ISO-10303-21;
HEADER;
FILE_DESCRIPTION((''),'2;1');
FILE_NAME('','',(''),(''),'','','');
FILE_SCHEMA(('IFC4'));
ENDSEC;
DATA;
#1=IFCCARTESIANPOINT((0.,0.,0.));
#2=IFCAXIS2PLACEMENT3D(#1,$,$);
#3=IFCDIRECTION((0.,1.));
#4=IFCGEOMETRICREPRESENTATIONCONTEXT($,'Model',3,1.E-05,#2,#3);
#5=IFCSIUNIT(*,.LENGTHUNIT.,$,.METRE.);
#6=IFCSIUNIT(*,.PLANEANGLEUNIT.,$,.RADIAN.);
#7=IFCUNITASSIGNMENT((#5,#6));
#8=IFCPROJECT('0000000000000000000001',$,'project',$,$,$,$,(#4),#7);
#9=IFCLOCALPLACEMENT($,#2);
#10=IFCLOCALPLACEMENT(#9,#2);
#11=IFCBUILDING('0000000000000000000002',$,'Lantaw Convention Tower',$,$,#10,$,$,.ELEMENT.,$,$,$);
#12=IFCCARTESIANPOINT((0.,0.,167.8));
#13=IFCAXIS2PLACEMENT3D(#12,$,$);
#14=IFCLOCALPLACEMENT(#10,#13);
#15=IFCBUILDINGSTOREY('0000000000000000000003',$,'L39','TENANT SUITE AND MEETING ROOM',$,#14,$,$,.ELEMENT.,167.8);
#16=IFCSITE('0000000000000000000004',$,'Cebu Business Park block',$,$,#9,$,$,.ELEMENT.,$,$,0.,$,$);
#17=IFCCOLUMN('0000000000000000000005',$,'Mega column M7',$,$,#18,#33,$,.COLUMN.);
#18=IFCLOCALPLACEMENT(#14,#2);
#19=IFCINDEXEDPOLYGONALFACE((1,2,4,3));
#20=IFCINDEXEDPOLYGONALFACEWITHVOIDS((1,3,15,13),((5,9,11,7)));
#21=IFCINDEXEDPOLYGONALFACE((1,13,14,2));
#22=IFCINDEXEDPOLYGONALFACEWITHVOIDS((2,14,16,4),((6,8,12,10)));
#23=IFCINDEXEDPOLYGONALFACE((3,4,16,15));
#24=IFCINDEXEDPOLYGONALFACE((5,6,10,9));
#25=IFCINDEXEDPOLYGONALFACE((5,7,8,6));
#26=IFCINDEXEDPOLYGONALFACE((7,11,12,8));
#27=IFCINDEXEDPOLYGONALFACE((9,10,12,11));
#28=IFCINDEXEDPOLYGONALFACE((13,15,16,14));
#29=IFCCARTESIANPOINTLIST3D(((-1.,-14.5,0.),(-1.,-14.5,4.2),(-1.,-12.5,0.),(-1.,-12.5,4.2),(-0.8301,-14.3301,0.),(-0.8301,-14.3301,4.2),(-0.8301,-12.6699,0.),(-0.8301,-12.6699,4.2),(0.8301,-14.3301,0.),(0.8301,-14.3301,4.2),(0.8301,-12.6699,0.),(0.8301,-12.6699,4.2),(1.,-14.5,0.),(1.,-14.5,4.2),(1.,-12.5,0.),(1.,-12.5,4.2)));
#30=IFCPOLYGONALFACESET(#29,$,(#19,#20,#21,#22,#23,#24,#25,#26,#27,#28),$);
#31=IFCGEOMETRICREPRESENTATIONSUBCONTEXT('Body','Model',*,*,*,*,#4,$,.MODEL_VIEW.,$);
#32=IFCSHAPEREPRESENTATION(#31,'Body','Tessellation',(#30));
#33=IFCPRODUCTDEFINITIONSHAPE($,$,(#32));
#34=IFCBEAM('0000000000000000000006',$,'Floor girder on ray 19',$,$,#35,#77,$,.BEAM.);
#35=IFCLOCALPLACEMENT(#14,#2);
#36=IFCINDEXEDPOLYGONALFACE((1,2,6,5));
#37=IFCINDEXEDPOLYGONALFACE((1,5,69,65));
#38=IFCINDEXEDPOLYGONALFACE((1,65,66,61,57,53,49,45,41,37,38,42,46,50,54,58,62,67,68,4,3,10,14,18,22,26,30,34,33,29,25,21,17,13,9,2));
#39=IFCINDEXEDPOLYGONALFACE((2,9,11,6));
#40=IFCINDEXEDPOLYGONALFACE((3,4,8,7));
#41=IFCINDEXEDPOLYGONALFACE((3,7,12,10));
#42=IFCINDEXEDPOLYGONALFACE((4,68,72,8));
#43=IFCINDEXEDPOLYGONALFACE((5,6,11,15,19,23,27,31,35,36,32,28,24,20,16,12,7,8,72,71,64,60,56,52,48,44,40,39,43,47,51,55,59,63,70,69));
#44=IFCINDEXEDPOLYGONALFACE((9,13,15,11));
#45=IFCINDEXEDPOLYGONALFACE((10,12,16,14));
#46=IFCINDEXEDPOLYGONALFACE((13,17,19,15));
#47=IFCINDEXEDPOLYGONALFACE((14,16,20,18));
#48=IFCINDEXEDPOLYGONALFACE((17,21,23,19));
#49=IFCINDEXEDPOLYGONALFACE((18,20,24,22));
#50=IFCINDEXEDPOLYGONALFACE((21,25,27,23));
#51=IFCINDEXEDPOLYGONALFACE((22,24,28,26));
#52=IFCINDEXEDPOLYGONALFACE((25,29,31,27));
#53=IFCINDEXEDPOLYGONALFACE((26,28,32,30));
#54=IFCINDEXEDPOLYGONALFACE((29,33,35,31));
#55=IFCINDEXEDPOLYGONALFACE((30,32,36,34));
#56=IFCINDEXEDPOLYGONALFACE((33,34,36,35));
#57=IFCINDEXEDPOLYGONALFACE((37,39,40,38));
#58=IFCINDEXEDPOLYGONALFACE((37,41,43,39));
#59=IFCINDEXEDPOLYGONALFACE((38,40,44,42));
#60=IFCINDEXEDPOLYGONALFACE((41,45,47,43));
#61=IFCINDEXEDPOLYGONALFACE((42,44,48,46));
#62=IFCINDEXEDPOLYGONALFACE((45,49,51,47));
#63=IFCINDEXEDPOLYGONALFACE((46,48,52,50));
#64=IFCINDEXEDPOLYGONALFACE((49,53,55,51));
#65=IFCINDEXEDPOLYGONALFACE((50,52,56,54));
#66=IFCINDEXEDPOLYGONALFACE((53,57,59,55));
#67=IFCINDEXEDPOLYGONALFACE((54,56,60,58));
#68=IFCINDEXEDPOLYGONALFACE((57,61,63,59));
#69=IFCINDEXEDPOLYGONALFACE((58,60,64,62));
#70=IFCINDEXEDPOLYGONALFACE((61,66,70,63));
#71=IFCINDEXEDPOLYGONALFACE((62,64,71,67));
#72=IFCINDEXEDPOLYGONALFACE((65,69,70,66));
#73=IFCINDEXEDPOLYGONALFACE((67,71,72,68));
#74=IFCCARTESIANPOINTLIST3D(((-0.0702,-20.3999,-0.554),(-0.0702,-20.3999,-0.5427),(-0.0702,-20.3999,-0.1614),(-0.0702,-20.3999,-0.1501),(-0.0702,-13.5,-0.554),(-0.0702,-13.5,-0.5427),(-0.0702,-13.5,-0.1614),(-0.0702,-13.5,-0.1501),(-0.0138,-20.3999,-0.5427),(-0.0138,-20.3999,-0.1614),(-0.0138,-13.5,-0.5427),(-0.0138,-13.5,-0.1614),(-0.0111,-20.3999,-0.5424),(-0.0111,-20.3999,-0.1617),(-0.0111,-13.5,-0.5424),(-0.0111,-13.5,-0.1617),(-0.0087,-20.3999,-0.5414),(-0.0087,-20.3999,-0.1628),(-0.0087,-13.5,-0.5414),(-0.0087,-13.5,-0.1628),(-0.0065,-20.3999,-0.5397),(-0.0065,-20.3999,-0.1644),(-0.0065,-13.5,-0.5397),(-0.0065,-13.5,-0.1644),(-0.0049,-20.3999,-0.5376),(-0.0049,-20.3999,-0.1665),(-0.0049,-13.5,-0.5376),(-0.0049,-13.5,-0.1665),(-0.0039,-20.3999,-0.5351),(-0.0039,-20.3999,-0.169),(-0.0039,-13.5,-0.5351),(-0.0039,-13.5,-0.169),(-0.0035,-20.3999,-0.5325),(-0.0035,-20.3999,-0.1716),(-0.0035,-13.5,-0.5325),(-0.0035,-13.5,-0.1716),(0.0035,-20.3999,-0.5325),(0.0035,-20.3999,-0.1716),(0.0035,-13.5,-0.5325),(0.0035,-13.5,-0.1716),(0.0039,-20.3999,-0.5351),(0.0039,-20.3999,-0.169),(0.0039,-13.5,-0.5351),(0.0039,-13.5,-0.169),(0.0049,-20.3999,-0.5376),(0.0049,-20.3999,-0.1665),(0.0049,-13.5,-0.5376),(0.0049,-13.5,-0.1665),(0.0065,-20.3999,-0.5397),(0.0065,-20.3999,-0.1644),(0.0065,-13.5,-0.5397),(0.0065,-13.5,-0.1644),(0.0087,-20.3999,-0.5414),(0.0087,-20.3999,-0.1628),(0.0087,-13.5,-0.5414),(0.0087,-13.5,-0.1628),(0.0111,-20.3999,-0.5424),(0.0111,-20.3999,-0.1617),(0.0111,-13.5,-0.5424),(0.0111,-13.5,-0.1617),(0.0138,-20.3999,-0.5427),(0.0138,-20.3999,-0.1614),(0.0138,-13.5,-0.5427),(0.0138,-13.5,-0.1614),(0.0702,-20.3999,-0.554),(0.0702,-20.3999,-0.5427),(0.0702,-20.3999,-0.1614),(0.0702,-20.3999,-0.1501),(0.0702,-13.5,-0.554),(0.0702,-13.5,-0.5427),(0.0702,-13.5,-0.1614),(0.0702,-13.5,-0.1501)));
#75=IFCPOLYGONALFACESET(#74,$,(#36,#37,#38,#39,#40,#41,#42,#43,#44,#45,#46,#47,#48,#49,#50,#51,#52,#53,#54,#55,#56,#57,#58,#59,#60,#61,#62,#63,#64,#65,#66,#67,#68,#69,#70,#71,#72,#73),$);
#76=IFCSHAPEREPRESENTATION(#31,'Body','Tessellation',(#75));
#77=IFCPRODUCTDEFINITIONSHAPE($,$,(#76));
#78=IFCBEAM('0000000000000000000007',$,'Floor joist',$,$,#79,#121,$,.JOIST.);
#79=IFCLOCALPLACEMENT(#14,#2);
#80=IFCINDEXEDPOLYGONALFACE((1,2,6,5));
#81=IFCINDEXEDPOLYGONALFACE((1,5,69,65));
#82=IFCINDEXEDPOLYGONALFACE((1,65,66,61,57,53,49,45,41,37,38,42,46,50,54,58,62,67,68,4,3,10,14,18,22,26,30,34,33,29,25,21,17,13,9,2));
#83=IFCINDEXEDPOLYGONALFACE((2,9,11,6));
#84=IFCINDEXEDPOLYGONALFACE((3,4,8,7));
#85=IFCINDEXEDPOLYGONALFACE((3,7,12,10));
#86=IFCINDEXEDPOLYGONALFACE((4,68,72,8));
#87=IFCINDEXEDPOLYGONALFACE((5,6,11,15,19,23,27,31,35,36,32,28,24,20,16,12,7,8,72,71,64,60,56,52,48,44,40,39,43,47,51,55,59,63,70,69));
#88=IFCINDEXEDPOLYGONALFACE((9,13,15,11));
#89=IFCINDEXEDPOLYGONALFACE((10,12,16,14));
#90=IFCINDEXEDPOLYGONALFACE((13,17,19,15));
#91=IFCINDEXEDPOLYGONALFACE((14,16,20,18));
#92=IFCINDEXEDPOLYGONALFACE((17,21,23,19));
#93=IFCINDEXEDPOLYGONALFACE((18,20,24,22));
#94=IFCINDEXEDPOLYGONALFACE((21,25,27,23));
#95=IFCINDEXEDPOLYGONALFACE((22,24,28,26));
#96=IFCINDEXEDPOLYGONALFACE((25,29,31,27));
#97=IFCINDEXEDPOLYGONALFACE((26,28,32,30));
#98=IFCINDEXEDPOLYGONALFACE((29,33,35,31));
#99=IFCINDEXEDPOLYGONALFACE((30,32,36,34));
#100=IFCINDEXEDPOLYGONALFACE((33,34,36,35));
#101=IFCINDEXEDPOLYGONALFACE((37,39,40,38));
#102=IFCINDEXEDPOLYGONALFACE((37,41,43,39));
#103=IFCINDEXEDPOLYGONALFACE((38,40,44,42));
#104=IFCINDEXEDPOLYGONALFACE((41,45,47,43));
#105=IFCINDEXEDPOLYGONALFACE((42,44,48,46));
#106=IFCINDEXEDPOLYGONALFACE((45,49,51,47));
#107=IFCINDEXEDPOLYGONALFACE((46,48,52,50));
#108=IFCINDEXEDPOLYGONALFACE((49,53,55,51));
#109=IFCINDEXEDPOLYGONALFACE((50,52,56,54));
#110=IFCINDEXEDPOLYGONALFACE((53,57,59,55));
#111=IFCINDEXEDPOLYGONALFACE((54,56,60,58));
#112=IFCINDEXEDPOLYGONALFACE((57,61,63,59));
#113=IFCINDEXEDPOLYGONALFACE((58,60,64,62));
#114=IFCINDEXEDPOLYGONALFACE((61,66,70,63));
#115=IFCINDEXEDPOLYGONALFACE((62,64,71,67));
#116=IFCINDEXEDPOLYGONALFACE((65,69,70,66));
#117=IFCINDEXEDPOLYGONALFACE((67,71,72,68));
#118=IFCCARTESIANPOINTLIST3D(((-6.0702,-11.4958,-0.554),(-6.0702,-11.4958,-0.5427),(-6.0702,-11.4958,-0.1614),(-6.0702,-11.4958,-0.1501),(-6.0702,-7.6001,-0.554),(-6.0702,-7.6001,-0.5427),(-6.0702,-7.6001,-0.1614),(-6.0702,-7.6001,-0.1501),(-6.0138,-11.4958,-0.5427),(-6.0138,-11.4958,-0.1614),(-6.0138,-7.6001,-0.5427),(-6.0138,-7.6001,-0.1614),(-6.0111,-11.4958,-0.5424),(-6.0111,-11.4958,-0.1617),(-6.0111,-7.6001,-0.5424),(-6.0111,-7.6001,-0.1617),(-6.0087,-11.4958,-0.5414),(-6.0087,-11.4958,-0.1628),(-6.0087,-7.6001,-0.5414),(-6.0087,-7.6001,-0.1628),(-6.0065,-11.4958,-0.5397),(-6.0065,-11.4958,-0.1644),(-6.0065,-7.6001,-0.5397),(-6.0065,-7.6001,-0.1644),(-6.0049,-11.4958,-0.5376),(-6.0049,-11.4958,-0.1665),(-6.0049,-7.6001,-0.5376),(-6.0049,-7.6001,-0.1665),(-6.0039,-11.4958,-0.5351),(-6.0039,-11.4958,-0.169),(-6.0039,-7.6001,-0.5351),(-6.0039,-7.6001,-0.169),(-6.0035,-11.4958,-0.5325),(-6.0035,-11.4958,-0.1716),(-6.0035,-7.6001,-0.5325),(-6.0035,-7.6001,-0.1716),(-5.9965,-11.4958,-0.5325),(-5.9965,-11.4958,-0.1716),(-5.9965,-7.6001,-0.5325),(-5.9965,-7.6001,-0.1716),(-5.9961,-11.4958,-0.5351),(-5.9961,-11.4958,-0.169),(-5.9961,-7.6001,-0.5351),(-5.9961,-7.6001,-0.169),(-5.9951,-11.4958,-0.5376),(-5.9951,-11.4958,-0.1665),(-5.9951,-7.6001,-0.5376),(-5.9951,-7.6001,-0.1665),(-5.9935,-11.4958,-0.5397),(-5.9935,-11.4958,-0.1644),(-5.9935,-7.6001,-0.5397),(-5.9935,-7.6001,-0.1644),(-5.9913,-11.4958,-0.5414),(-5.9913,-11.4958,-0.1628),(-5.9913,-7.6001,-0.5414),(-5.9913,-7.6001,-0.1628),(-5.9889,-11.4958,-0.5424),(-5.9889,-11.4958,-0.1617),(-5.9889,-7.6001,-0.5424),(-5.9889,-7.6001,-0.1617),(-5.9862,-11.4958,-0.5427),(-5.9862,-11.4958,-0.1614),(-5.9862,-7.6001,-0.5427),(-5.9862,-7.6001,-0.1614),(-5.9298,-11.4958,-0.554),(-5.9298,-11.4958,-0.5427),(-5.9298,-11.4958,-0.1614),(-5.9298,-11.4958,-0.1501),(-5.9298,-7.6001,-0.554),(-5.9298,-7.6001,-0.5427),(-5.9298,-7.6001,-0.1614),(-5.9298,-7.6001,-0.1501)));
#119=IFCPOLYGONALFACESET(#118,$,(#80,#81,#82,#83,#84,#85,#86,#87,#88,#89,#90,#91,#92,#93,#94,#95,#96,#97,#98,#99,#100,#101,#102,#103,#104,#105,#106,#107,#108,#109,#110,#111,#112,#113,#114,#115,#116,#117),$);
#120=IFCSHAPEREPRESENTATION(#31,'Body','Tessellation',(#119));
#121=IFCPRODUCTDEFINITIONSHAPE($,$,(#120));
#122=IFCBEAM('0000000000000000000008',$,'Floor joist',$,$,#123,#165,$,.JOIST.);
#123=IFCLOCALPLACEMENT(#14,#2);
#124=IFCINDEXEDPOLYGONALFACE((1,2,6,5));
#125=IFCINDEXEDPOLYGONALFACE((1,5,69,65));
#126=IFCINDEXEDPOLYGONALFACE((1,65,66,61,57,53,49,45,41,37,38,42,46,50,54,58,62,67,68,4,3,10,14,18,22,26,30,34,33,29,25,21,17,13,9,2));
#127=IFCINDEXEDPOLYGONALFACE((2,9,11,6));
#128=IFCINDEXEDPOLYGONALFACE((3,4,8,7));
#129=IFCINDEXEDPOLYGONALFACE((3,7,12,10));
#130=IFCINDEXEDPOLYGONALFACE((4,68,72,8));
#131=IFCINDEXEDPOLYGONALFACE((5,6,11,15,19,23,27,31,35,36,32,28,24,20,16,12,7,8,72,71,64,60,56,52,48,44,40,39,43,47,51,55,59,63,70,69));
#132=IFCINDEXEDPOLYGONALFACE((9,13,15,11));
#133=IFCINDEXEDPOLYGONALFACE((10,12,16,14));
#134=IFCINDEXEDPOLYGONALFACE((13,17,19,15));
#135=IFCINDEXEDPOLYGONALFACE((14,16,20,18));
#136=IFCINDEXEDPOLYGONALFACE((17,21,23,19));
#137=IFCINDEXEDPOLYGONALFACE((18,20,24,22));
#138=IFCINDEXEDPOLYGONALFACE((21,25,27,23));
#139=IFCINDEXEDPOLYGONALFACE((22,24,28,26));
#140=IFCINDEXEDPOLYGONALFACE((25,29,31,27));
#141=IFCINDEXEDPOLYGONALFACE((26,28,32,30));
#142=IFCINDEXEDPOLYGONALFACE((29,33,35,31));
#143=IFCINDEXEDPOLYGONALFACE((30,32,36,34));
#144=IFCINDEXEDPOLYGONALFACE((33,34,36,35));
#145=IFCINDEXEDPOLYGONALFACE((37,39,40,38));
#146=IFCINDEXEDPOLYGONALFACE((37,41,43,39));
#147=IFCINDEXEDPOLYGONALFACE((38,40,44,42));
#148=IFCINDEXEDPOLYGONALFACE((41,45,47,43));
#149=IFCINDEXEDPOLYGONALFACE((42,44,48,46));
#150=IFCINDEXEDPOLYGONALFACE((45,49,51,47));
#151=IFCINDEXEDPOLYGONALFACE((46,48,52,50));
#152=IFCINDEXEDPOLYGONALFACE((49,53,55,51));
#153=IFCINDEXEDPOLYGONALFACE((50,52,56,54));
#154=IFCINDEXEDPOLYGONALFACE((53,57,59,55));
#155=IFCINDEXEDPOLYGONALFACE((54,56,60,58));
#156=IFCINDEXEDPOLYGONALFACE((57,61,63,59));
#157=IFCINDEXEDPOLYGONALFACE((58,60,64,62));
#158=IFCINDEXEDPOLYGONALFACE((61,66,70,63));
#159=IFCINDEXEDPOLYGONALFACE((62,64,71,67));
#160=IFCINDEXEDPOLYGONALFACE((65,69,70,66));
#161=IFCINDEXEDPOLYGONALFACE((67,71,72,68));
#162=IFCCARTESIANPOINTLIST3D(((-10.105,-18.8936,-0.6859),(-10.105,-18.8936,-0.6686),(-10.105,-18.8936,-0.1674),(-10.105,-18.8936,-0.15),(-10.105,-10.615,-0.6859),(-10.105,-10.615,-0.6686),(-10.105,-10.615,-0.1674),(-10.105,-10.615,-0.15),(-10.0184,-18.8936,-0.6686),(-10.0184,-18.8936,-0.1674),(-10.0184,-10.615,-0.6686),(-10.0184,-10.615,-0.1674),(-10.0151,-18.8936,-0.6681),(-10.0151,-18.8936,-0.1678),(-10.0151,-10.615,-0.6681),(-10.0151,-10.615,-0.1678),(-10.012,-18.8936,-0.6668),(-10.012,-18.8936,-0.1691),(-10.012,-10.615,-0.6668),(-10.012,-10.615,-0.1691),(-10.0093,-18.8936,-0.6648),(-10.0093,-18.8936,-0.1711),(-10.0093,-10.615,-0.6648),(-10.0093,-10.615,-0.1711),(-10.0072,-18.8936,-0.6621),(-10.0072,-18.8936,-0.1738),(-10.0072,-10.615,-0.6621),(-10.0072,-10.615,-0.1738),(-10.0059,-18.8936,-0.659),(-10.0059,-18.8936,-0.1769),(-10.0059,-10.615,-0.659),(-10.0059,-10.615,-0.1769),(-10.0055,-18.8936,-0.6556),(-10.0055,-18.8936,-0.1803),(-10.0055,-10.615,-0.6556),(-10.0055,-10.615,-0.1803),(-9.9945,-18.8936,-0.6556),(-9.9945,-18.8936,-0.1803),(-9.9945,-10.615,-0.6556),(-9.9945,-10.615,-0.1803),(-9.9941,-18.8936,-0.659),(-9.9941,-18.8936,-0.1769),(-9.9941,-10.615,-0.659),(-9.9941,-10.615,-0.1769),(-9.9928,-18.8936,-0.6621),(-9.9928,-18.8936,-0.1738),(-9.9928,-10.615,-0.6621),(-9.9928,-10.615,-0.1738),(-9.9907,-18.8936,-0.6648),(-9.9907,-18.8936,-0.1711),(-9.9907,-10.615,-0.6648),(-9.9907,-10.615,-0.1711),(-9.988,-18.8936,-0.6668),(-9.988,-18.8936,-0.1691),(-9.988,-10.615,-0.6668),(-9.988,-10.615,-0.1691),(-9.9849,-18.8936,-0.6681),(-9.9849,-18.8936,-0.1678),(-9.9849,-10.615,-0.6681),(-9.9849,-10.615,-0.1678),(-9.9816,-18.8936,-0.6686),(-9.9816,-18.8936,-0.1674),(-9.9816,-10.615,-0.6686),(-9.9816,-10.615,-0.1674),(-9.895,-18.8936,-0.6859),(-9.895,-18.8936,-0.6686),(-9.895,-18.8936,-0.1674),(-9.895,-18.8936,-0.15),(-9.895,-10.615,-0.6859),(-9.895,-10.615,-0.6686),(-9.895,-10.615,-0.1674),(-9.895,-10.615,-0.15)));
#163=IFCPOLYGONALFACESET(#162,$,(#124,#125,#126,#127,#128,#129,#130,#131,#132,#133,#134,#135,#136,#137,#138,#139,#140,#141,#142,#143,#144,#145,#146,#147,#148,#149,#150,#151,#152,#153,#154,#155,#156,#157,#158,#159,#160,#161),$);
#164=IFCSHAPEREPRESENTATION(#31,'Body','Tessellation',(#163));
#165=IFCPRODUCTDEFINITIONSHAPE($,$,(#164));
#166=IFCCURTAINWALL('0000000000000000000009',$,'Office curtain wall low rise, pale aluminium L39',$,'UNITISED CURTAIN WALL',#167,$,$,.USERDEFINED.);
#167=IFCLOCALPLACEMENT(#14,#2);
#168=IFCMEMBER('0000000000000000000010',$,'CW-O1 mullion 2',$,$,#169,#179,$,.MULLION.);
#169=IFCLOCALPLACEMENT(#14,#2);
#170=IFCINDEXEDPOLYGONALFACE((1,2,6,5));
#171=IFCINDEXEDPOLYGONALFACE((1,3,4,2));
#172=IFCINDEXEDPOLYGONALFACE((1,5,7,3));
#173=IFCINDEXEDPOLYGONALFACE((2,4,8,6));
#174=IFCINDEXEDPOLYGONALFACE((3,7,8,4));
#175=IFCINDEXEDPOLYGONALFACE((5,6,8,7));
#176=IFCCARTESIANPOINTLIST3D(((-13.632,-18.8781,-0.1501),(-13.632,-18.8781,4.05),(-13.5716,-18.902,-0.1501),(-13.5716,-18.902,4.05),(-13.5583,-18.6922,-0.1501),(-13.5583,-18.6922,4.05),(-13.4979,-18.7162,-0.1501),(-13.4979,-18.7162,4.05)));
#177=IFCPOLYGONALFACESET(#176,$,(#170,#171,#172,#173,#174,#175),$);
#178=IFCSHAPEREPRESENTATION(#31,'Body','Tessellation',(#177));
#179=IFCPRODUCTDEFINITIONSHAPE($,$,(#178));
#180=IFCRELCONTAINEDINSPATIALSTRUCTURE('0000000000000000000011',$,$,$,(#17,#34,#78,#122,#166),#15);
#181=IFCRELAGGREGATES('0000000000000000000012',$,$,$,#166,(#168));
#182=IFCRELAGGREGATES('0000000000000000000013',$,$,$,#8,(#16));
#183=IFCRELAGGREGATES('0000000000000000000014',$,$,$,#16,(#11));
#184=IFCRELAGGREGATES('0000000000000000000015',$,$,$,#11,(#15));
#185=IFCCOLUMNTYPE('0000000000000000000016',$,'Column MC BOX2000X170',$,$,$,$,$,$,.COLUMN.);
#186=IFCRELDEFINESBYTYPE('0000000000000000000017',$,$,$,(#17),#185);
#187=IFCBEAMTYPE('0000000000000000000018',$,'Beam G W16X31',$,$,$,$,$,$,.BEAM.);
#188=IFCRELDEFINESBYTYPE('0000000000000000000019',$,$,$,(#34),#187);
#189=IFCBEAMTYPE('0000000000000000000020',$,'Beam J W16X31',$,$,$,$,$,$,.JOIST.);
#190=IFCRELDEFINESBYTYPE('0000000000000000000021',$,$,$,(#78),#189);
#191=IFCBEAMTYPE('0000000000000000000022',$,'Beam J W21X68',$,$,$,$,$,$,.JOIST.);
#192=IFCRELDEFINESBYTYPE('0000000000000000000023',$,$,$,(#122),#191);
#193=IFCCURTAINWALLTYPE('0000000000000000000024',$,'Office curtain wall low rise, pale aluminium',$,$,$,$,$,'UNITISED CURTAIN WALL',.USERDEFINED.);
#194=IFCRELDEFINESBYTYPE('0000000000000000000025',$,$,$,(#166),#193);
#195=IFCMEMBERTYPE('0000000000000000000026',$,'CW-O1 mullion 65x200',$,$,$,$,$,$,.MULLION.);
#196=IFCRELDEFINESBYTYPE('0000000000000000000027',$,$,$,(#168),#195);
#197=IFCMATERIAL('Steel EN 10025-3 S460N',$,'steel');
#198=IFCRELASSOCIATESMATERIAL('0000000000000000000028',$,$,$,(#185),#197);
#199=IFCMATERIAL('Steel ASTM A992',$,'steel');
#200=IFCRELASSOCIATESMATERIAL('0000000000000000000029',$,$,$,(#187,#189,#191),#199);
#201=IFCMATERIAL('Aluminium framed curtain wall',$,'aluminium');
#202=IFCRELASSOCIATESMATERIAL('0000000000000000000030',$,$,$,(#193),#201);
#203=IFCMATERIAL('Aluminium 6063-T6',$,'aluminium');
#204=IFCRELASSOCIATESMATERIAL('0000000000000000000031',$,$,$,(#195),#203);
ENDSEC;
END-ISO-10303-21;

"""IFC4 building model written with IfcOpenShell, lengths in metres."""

from ifc_helpers import new_model, si_unit, direction, frame, origin, origin_2d, place, context, subcontext, project, spatial, rectangle, hollow_rectangle, i_section, extrude, material, material_profile, profile_set, type_object, element, aggregate, save


model = new_model("IFC4")

# Units and contexts
model_context = context("Model", 3, precision=1e-05, world=origin(), true_north=direction((0.0, 1.0)))
body_context = subcontext(model_context, "Body", "Model", "MODEL_VIEW")
ifc_project = project(units=[si_unit("LENGTHUNIT", "METRE"), si_unit("PLANEANGLEUNIT", "RADIAN")], contexts=[model_context])

# Site, building, storey
site_placement = place(None, origin())
site = spatial("IfcSite", under=ifc_project, at=site_placement, Name="Cebu Business Park block", CompositionType="ELEMENT", RefElevation=0.0)
building_placement = place(site_placement, origin())
building = spatial("IfcBuilding", under=site, at=building_placement, Name="Lantaw Convention Tower", CompositionType="ELEMENT")
storey_placement = place(building_placement, frame((0.0, 0.0, 167.8)))
storey = spatial("IfcBuildingStorey", under=building, at=storey_placement, Name="L39", Description="TENANT SUITE AND MEETING ROOM", CompositionType="ELEMENT", Elevation=167.8)

# Column
ifc_material_1 = material(Name="Steel EN 10025-3 S460N", Category="steel")
ifc_material_profile_1 = material_profile(ifc_material_1, hollow_rectangle(XDim=2.0, YDim=2.0, WallThickness=0.1699, at=origin_2d()), Name="BOX2000X170")
ifc_material_2 = material(Name="Concrete C60/75", Category="concrete")
ifc_material_profile_2 = material_profile(ifc_material_2, rectangle(XDim=1.6599, YDim=1.6599, at=origin_2d()), Name="Concrete fill of BOX2000X170")
ifc_profile_set_1 = profile_set([ifc_material_profile_1, ifc_material_profile_2], Name="Steel EN 10025-3 S460N")
column_type = type_object("IfcColumnType", Name="Column MC BOX2000X170", PredefinedType="COLUMN", material=ifc_profile_set_1)
column_placement = place(storey_placement, frame((0.0, -13.5, 0.0), z_axis=(0.0, 0.0, 1.0), x_axis=(1.0, 0.0, 0.0)))
element("IfcColumn", 1, at=column_placement, inside=storey, type_object=column_type, Name="Mega column M7", PredefinedType="COLUMN", context=body_context, shape_type="SweptSolid", body=[
    extrude(hollow_rectangle(XDim=2.0, YDim=2.0, WallThickness=0.1699, at=origin_2d()), origin(), (0.0, 0.0, 1.0), 4.2),
])

# Beams
ifc_material_3 = material(Name="Steel ASTM A992", Category="steel")
ifc_material_profile_3 = material_profile(ifc_material_3, i_section(OverallWidth=0.1404, OverallDepth=0.4038, WebThickness=0.0071, FlangeThickness=0.0112, FilletRadius=0.0103, at=origin_2d()), Name="W16X31")
ifc_profile_set_2 = profile_set([ifc_material_profile_3], Name="Steel ASTM A992")
beam_type_1 = type_object("IfcBeamType", Name="Beam G W16X31", PredefinedType="BEAM", material=ifc_profile_set_2)
beam_1_placement = place(storey_placement, frame((0.0, -13.5, -0.3521), z_axis=(0.0, -1.0, 0.0), x_axis=(1.0, 0.0, 0.0)))
element("IfcBeam", 2, at=beam_1_placement, inside=storey, type_object=beam_type_1, Name="Floor girder on ray 19", PredefinedType="BEAM", context=body_context, shape_type="SweptSolid", body=[
    extrude(i_section(OverallWidth=0.1404, OverallDepth=0.4038, WebThickness=0.0071, FlangeThickness=0.0112, FilletRadius=0.0103, at=origin_2d()), origin(), (0.0, 0.0, 1.0), 6.8999),
])
ifc_material_profile_4 = material_profile(ifc_material_3, i_section(OverallWidth=0.1404, OverallDepth=0.4038, WebThickness=0.0071, FlangeThickness=0.0112, FilletRadius=0.0103, at=origin_2d()), Name="W16X31")
ifc_profile_set_3 = profile_set([ifc_material_profile_4], Name="Steel ASTM A992")
beam_type_2 = type_object("IfcBeamType", Name="Beam J W16X31", PredefinedType="JOIST", material=ifc_profile_set_3)
beam_2_placement = place(storey_placement, frame((-6.0, -11.4958, -0.3521), z_axis=(0.0, 1.0, 0.0), x_axis=(-1.0, 0.0, 0.0)))
element("IfcBeam", 3, at=beam_2_placement, inside=storey, type_object=beam_type_2, Name="Floor joist", PredefinedType="JOIST", context=body_context, shape_type="SweptSolid", body=[
    extrude(i_section(OverallWidth=0.1404, OverallDepth=0.4038, WebThickness=0.0071, FlangeThickness=0.0112, FilletRadius=0.0103, at=origin_2d()), origin(), (0.0, 0.0, 1.0), 3.8958),
])
ifc_material_profile_5 = material_profile(ifc_material_3, i_section(OverallWidth=0.21, OverallDepth=0.5359, WebThickness=0.011, FlangeThickness=0.0173, FilletRadius=0.0129, at=origin_2d()), Name="W21X68")
ifc_profile_set_4 = profile_set([ifc_material_profile_5], Name="Steel ASTM A992")
beam_type_3 = type_object("IfcBeamType", Name="Beam J W21X68", PredefinedType="JOIST", material=ifc_profile_set_4)
beam_3_placement = place(storey_placement, frame((-10.0, -18.8936, -0.418), z_axis=(0.0, 1.0, 0.0), x_axis=(-1.0, 0.0, 0.0)))
element("IfcBeam", 4, at=beam_3_placement, inside=storey, type_object=beam_type_3, Name="Floor joist", PredefinedType="JOIST", context=body_context, shape_type="SweptSolid", body=[
    extrude(i_section(OverallWidth=0.21, OverallDepth=0.5359, WebThickness=0.011, FlangeThickness=0.0173, FilletRadius=0.0129, at=origin_2d()), origin(), (0.0, 0.0, 1.0), 8.2786),
])

# Curtain wall, member
ifc_material_4 = material(Name="Aluminium framed curtain wall", Category="aluminium")
curtain_wall_type = type_object("IfcCurtainWallType", Name="Office curtain wall low rise, pale aluminium", ElementType="UNITISED CURTAIN WALL", PredefinedType="USERDEFINED", material=ifc_material_4)
curtain_wall_placement = place(storey_placement, origin())
curtain_wall = element("IfcCurtainWall", 5, at=curtain_wall_placement, inside=storey, type_object=curtain_wall_type, Name="Office curtain wall low rise, pale aluminium L39", ObjectType="UNITISED CURTAIN WALL", PredefinedType="USERDEFINED")
ifc_material_5 = material(Name="Aluminium 6063-T6", Category="aluminium")
ifc_material_profile_6 = material_profile(ifc_material_5, rectangle(XDim=0.2, YDim=0.0649, at=origin_2d()), Name="CW-O1 mullion 65x200")
ifc_profile_set_5 = profile_set([ifc_material_profile_6], Name="Aluminium 6063-T6")
member_type_1 = type_object("IfcMemberType", Name="CW-O1 mullion 65x200", PredefinedType="MULLION", material=ifc_profile_set_5)
member_1_placement = place(storey_placement, frame((-13.5649, -18.7971, -0.1501), z_axis=(0.0, 0.0, 1.0), x_axis=(0.368702, 0.929548, 0.0)))
member_1 = element("IfcMember", 6, at=member_1_placement, type_object=member_type_1, Name="CW-O1 mullion 2", PredefinedType="MULLION", context=body_context, shape_type="SweptSolid", body=[
    extrude(rectangle(XDim=0.2, YDim=0.0649, at=origin_2d()), origin(), (0.0, 0.0, 1.0), 4.2002),
])
aggregate(curtain_wall, [member_1])

save(model, "model.ifc")
